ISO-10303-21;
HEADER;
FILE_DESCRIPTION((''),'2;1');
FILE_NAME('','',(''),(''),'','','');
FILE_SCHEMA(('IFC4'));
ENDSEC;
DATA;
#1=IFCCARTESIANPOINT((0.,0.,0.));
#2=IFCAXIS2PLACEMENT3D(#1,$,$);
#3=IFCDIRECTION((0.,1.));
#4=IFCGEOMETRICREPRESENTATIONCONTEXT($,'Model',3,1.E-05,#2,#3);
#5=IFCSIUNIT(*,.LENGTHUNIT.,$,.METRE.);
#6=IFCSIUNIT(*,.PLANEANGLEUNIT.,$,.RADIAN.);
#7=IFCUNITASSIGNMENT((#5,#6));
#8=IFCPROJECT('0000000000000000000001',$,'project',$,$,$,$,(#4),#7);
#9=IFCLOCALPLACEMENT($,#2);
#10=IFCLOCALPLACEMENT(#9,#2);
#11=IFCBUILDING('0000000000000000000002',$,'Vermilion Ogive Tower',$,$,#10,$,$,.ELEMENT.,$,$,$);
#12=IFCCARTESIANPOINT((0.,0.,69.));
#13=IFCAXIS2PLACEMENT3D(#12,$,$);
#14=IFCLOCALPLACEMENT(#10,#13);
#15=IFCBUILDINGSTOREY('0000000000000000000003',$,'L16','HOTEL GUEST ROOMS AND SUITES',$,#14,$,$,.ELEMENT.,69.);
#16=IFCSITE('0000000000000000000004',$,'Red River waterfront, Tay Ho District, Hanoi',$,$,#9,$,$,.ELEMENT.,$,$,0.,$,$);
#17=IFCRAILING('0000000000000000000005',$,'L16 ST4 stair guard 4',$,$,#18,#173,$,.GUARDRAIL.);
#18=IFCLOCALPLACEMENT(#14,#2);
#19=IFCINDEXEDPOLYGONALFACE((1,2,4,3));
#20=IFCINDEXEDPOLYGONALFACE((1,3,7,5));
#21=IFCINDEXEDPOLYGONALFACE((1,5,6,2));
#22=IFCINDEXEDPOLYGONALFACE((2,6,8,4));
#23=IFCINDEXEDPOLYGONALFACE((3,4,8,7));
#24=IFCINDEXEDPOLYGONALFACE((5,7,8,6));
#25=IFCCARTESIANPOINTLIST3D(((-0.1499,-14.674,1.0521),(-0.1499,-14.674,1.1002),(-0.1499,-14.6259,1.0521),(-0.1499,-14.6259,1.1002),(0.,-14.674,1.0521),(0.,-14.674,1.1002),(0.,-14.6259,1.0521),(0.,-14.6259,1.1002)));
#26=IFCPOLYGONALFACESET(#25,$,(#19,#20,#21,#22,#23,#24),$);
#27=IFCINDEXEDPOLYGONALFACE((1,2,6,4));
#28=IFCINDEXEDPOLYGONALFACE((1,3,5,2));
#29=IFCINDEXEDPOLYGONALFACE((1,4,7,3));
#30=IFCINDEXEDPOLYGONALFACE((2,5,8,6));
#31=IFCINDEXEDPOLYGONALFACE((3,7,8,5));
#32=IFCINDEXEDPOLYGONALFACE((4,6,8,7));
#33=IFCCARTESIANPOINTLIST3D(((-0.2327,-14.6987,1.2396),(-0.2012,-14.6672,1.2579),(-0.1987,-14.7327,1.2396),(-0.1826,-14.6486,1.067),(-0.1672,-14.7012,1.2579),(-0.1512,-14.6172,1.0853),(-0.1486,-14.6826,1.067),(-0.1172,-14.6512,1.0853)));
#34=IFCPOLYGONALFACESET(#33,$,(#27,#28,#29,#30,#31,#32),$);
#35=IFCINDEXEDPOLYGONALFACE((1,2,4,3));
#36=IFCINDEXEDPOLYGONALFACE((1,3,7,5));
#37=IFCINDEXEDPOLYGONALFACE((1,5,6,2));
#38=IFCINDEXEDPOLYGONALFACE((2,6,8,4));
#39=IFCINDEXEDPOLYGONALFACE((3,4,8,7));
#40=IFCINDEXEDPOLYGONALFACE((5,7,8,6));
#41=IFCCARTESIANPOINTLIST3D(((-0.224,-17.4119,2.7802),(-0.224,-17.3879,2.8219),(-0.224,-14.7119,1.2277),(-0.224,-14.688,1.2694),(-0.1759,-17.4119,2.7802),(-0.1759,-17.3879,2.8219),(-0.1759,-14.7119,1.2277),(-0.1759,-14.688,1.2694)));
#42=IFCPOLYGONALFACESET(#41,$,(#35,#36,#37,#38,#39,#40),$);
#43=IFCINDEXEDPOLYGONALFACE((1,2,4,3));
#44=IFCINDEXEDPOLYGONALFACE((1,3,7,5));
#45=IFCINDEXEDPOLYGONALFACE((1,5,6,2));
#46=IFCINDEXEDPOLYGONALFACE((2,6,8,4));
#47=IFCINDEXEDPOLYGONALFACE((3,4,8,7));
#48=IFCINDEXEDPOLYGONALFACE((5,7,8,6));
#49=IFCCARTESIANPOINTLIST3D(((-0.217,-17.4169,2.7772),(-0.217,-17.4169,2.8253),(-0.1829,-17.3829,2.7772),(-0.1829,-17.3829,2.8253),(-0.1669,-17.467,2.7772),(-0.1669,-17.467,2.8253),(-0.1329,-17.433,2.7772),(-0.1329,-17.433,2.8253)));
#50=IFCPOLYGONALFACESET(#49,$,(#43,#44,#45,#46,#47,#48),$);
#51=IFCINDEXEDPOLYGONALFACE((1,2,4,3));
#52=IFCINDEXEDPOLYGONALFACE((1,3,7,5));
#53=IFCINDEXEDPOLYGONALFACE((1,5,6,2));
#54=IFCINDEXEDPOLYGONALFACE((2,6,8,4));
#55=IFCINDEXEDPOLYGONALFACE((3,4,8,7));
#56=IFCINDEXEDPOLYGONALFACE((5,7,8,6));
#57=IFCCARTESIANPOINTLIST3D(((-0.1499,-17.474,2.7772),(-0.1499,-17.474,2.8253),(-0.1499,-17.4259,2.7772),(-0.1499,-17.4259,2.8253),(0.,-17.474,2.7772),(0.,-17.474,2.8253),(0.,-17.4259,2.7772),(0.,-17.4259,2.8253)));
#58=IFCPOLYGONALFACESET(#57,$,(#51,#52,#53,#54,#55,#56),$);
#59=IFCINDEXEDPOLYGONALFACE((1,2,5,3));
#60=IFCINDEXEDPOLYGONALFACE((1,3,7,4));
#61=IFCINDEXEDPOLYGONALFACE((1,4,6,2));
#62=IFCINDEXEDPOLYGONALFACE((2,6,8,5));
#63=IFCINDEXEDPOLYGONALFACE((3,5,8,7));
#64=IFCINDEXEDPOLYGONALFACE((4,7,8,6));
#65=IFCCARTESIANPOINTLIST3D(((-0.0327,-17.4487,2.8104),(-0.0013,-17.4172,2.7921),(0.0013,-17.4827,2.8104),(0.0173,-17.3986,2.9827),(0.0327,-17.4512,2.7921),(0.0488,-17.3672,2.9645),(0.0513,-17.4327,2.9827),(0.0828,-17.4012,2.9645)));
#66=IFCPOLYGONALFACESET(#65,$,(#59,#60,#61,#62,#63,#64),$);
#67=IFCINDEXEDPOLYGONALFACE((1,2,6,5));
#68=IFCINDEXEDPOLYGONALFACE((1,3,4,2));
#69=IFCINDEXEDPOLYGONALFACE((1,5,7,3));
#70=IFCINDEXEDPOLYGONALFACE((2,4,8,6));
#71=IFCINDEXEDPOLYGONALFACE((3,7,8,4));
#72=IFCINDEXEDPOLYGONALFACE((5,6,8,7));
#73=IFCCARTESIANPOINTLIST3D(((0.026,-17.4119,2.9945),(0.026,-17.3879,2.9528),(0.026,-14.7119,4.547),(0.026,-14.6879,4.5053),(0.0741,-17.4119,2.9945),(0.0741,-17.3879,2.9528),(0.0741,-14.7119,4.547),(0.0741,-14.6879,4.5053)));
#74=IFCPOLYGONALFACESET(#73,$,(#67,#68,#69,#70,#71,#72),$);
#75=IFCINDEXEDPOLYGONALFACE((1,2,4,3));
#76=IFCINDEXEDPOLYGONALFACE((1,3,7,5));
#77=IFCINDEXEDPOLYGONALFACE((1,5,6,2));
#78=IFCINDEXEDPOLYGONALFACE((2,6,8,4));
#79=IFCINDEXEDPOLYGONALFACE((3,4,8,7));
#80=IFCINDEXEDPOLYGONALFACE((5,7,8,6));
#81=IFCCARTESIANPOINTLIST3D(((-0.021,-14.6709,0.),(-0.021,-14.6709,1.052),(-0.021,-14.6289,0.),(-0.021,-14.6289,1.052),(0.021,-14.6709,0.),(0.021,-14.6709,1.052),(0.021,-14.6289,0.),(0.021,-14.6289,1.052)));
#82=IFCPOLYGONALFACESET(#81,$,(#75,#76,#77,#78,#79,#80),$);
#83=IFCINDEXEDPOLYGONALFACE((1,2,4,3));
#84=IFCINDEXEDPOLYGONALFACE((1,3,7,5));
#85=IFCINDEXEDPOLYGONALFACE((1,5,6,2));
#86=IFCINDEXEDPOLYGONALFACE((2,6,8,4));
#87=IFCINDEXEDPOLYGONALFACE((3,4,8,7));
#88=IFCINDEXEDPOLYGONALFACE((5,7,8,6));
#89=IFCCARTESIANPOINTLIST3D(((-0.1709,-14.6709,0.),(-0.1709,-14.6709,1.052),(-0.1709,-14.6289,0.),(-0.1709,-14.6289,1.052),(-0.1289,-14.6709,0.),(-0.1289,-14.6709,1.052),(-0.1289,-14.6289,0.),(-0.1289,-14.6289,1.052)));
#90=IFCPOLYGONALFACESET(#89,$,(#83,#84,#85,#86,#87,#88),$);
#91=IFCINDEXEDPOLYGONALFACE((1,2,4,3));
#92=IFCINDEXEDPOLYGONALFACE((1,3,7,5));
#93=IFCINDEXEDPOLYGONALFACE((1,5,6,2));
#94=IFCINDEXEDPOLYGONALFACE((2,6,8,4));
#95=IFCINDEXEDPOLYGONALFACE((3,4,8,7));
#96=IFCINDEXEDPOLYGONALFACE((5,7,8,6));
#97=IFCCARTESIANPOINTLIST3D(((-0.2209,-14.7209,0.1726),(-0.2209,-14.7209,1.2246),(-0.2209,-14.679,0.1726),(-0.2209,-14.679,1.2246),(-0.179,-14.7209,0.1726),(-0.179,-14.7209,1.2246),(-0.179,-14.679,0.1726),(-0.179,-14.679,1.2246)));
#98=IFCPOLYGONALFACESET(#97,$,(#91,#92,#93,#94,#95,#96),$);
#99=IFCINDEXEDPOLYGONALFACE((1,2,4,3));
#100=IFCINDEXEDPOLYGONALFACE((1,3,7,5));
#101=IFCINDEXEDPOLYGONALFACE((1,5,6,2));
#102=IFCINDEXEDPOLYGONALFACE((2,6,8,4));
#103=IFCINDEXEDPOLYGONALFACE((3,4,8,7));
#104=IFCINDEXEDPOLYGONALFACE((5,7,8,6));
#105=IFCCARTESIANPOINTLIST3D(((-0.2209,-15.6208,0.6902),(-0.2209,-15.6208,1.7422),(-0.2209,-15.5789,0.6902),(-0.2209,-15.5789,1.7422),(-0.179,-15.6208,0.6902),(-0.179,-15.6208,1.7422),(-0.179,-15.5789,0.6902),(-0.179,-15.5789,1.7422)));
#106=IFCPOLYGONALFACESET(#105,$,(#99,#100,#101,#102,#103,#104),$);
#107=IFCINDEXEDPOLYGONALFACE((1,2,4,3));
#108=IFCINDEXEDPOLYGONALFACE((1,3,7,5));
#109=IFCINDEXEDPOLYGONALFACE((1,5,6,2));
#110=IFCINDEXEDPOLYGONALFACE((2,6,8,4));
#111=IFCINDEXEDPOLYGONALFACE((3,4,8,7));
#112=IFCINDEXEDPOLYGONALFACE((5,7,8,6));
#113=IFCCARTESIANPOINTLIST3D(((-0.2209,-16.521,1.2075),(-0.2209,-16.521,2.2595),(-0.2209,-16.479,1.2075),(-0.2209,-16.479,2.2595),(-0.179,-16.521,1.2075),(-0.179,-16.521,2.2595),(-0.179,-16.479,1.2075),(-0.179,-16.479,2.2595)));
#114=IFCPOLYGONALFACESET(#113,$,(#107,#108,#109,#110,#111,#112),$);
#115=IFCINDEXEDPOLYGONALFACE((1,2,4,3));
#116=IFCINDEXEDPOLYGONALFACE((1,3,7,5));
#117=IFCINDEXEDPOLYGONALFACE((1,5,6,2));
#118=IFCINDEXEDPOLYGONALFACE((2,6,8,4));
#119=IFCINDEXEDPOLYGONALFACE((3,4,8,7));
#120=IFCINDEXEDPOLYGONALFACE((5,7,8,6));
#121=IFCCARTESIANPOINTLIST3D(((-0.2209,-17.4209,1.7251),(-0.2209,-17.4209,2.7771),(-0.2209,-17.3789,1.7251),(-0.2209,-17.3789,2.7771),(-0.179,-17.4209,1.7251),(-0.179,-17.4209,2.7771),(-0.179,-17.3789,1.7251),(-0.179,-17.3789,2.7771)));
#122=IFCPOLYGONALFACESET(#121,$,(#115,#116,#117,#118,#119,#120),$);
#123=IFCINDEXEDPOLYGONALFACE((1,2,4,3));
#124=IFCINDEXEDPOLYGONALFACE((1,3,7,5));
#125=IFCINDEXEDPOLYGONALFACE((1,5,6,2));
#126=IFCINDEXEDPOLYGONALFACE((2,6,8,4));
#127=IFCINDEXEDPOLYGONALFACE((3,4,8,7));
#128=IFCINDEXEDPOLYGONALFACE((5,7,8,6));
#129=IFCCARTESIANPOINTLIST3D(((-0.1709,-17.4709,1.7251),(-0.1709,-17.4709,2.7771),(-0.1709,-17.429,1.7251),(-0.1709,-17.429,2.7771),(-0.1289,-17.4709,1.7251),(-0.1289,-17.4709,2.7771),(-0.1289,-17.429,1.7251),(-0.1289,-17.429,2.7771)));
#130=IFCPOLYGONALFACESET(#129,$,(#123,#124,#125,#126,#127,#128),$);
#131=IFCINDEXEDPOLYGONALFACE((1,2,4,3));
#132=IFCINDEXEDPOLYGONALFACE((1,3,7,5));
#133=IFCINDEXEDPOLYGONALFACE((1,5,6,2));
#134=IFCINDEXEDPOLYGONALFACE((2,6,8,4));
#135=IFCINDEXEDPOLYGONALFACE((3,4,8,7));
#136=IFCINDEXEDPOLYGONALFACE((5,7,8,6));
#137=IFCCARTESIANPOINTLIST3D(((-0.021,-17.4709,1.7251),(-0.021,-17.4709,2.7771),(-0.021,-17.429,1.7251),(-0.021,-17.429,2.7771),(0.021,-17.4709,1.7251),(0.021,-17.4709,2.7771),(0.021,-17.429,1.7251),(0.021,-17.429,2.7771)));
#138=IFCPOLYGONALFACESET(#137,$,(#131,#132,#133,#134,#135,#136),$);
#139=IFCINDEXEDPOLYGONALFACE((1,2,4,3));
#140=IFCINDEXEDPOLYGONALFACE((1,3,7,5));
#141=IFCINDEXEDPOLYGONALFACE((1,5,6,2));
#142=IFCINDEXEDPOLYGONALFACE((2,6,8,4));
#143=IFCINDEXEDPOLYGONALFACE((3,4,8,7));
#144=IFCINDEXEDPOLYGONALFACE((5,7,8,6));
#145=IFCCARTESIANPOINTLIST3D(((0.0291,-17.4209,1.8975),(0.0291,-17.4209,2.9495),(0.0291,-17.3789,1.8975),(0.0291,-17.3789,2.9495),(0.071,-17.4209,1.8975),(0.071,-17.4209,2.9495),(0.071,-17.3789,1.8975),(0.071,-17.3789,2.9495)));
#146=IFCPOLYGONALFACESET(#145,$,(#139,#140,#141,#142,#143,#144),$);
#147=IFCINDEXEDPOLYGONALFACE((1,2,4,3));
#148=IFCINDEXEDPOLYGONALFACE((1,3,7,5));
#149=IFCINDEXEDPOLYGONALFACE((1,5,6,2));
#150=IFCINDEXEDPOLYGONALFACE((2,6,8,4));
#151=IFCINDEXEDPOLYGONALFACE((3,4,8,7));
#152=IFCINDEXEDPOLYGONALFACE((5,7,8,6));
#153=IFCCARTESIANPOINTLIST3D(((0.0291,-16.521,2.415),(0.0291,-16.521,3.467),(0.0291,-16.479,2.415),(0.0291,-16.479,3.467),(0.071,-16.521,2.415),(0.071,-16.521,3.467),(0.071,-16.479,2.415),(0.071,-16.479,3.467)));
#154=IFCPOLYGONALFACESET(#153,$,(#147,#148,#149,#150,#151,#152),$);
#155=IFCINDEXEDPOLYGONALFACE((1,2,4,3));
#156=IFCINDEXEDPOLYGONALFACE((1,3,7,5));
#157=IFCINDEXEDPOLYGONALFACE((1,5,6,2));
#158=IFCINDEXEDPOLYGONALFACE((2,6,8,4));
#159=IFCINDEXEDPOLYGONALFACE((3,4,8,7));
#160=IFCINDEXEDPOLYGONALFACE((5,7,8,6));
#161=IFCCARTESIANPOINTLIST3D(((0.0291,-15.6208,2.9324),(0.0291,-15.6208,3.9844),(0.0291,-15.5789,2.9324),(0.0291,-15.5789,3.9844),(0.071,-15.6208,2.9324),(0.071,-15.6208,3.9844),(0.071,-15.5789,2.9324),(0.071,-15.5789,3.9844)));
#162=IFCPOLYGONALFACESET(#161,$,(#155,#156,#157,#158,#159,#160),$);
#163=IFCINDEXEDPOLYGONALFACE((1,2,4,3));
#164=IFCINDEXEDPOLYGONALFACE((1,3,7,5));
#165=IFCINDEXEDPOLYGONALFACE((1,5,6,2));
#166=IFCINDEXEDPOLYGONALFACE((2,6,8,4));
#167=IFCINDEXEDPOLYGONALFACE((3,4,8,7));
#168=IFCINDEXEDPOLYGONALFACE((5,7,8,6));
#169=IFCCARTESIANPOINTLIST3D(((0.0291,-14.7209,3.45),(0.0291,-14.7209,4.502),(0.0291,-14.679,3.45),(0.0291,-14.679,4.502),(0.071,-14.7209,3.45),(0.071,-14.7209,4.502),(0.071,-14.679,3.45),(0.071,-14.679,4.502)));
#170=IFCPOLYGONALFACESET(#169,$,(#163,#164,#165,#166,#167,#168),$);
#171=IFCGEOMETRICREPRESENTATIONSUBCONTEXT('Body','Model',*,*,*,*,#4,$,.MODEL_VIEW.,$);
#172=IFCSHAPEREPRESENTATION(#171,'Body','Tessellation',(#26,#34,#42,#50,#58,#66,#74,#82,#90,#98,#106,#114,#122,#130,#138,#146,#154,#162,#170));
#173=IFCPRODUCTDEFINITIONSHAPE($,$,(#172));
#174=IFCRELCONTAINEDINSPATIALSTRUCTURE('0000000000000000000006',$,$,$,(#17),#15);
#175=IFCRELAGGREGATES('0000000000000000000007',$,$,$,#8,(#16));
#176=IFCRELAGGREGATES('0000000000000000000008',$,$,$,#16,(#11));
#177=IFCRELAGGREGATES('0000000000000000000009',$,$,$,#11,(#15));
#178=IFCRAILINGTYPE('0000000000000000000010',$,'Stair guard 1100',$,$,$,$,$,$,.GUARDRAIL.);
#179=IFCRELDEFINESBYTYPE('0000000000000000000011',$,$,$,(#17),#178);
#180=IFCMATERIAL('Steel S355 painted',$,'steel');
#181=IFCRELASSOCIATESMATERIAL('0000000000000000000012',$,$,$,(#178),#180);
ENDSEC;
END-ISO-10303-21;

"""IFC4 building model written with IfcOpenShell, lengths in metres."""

from ifc_helpers import new_model, si_unit, direction, frame, origin, origin_2d, place, context, subcontext, project, spatial, rectangle, extrude, material, type_object, element, save


model = new_model("IFC4")

# Units and contexts
model_context = context("Model", 3, precision=1e-05, world=origin(), true_north=direction((0.0, 1.0)))
body_context = subcontext(model_context, "Body", "Model", "MODEL_VIEW")
ifc_project = project(units=[si_unit("LENGTHUNIT", "METRE"), si_unit("PLANEANGLEUNIT", "RADIAN")], contexts=[model_context])

# Site, building, storey
site_placement = place(None, origin())
site = spatial("IfcSite", under=ifc_project, at=site_placement, Name="Red River waterfront, Tay Ho District, Hanoi", CompositionType="ELEMENT", RefElevation=0.0)
building_placement = place(site_placement, origin())
building = spatial("IfcBuilding", under=site, at=building_placement, Name="Vermilion Ogive Tower", CompositionType="ELEMENT")
storey_placement = place(building_placement, frame((0.0, 0.0, 69.0)))
storey = spatial("IfcBuildingStorey", under=building, at=storey_placement, Name="L16", Description="HOTEL GUEST ROOMS AND SUITES", CompositionType="ELEMENT", Elevation=69.0)

# Railing
ifc_material_1 = material(Name="Steel S355 painted", Category="steel")
railing_type = type_object("IfcRailingType", Name="Stair guard 1100", PredefinedType="GUARDRAIL", material=ifc_material_1)
railing_1_placement = place(storey_placement, frame((0.0, -14.6499, 0.0)))
element("IfcRailing", 1, at=railing_1_placement, inside=storey, type_object=railing_type, Name="L16 ST4 stair guard 4", PredefinedType="GUARDRAIL", context=body_context, shape_type="SweptSolid", body=[
    extrude(rectangle(XDim=0.0481, YDim=0.0481, at=origin_2d()), frame((0.0, 0.0, 1.0762), z_axis=(-1.0, 0.0, 0.0), x_axis=(0.0, -1.0, 0.0)), (0.0, 0.0, 1.0), 0.1499),
    extrude(rectangle(XDim=0.0481, YDim=0.0481, at=origin_2d()), frame((-0.1499, 0.0, 1.0762), z_axis=(-0.268278, -0.268278, 0.925232), x_axis=(0.707107, -0.707107, 0.0)), (0.0, 0.0, 1.0), 0.1865),
    extrude(rectangle(XDim=0.0481, YDim=0.0481, at=origin_2d()), frame((-0.2, -0.05, 1.2485), z_axis=(0.0, -0.866904, 0.498476), x_axis=(1.0, 0.0, 0.0)), (0.0, 0.0, 1.0), 3.1145),
    extrude(rectangle(XDim=0.0481, YDim=0.0481, at=origin_2d()), frame((-0.2, -2.75, 2.8013), z_axis=(0.707107, -0.707107, 0.0), x_axis=(0.707107, 0.707107, 0.0)), (0.0, 0.0, 1.0), 0.0708),
    extrude(rectangle(XDim=0.0481, YDim=0.0481, at=origin_2d()), frame((-0.1499, -2.8, 2.8013), z_axis=(1.0, 0.0, 0.0), x_axis=(0.0, 1.0, 0.0)), (0.0, 0.0, 1.0), 0.1499),
    extrude(rectangle(XDim=0.0481, YDim=0.0481, at=origin_2d()), frame((0.0, -2.8, 2.8013), z_axis=(0.268603, 0.268603, 0.925043), x_axis=(-0.707107, 0.707107, 0.0)), (0.0, 0.0, 1.0), 0.1863),
    extrude(rectangle(XDim=0.0481, YDim=0.0481, at=origin_2d()), frame((0.05, -2.75, 2.9736), z_axis=(0.0, 0.866904, 0.498476), x_axis=(-1.0, 0.0, 0.0)), (0.0, 0.0, 1.0), 3.1145),
    extrude(rectangle(XDim=0.042, YDim=0.042, at=origin_2d()), origin(), (0.0, 0.0, 1.0), 1.052),
    extrude(rectangle(XDim=0.042, YDim=0.042, at=origin_2d()), frame((-0.1499, 0.0, 0.0)), (0.0, 0.0, 1.0), 1.052),
    extrude(rectangle(XDim=0.042, YDim=0.042, at=origin_2d()), frame((-0.2, -0.05, 0.1726)), (0.0, 0.0, 1.0), 1.052),
    extrude(rectangle(XDim=0.042, YDim=0.042, at=origin_2d()), frame((-0.2, -0.95, 0.6902)), (0.0, 0.0, 1.0), 1.052),
    extrude(rectangle(XDim=0.042, YDim=0.042, at=origin_2d()), frame((-0.2, -1.8501, 1.2075)), (0.0, 0.0, 1.0), 1.052),
    extrude(rectangle(XDim=0.042, YDim=0.042, at=origin_2d()), frame((-0.2, -2.75, 1.7251)), (0.0, 0.0, 1.0), 1.052),
    extrude(rectangle(XDim=0.042, YDim=0.042, at=origin_2d()), frame((-0.1499, -2.8, 1.7251)), (0.0, 0.0, 1.0), 1.052),
    extrude(rectangle(XDim=0.042, YDim=0.042, at=origin_2d()), frame((0.0, -2.8, 1.7251)), (0.0, 0.0, 1.0), 1.052),
    extrude(rectangle(XDim=0.042, YDim=0.042, at=origin_2d()), frame((0.05, -2.75, 1.8975)), (0.0, 0.0, 1.0), 1.052),
    extrude(rectangle(XDim=0.042, YDim=0.042, at=origin_2d()), frame((0.05, -1.8501, 2.415)), (0.0, 0.0, 1.0), 1.052),
    extrude(rectangle(XDim=0.042, YDim=0.042, at=origin_2d()), frame((0.05, -0.95, 2.9324)), (0.0, 0.0, 1.0), 1.052),
    extrude(rectangle(XDim=0.042, YDim=0.042, at=origin_2d()), frame((0.05, -0.05, 3.45)), (0.0, 0.0, 1.0), 1.052),
])

save(model, "model.ifc")
